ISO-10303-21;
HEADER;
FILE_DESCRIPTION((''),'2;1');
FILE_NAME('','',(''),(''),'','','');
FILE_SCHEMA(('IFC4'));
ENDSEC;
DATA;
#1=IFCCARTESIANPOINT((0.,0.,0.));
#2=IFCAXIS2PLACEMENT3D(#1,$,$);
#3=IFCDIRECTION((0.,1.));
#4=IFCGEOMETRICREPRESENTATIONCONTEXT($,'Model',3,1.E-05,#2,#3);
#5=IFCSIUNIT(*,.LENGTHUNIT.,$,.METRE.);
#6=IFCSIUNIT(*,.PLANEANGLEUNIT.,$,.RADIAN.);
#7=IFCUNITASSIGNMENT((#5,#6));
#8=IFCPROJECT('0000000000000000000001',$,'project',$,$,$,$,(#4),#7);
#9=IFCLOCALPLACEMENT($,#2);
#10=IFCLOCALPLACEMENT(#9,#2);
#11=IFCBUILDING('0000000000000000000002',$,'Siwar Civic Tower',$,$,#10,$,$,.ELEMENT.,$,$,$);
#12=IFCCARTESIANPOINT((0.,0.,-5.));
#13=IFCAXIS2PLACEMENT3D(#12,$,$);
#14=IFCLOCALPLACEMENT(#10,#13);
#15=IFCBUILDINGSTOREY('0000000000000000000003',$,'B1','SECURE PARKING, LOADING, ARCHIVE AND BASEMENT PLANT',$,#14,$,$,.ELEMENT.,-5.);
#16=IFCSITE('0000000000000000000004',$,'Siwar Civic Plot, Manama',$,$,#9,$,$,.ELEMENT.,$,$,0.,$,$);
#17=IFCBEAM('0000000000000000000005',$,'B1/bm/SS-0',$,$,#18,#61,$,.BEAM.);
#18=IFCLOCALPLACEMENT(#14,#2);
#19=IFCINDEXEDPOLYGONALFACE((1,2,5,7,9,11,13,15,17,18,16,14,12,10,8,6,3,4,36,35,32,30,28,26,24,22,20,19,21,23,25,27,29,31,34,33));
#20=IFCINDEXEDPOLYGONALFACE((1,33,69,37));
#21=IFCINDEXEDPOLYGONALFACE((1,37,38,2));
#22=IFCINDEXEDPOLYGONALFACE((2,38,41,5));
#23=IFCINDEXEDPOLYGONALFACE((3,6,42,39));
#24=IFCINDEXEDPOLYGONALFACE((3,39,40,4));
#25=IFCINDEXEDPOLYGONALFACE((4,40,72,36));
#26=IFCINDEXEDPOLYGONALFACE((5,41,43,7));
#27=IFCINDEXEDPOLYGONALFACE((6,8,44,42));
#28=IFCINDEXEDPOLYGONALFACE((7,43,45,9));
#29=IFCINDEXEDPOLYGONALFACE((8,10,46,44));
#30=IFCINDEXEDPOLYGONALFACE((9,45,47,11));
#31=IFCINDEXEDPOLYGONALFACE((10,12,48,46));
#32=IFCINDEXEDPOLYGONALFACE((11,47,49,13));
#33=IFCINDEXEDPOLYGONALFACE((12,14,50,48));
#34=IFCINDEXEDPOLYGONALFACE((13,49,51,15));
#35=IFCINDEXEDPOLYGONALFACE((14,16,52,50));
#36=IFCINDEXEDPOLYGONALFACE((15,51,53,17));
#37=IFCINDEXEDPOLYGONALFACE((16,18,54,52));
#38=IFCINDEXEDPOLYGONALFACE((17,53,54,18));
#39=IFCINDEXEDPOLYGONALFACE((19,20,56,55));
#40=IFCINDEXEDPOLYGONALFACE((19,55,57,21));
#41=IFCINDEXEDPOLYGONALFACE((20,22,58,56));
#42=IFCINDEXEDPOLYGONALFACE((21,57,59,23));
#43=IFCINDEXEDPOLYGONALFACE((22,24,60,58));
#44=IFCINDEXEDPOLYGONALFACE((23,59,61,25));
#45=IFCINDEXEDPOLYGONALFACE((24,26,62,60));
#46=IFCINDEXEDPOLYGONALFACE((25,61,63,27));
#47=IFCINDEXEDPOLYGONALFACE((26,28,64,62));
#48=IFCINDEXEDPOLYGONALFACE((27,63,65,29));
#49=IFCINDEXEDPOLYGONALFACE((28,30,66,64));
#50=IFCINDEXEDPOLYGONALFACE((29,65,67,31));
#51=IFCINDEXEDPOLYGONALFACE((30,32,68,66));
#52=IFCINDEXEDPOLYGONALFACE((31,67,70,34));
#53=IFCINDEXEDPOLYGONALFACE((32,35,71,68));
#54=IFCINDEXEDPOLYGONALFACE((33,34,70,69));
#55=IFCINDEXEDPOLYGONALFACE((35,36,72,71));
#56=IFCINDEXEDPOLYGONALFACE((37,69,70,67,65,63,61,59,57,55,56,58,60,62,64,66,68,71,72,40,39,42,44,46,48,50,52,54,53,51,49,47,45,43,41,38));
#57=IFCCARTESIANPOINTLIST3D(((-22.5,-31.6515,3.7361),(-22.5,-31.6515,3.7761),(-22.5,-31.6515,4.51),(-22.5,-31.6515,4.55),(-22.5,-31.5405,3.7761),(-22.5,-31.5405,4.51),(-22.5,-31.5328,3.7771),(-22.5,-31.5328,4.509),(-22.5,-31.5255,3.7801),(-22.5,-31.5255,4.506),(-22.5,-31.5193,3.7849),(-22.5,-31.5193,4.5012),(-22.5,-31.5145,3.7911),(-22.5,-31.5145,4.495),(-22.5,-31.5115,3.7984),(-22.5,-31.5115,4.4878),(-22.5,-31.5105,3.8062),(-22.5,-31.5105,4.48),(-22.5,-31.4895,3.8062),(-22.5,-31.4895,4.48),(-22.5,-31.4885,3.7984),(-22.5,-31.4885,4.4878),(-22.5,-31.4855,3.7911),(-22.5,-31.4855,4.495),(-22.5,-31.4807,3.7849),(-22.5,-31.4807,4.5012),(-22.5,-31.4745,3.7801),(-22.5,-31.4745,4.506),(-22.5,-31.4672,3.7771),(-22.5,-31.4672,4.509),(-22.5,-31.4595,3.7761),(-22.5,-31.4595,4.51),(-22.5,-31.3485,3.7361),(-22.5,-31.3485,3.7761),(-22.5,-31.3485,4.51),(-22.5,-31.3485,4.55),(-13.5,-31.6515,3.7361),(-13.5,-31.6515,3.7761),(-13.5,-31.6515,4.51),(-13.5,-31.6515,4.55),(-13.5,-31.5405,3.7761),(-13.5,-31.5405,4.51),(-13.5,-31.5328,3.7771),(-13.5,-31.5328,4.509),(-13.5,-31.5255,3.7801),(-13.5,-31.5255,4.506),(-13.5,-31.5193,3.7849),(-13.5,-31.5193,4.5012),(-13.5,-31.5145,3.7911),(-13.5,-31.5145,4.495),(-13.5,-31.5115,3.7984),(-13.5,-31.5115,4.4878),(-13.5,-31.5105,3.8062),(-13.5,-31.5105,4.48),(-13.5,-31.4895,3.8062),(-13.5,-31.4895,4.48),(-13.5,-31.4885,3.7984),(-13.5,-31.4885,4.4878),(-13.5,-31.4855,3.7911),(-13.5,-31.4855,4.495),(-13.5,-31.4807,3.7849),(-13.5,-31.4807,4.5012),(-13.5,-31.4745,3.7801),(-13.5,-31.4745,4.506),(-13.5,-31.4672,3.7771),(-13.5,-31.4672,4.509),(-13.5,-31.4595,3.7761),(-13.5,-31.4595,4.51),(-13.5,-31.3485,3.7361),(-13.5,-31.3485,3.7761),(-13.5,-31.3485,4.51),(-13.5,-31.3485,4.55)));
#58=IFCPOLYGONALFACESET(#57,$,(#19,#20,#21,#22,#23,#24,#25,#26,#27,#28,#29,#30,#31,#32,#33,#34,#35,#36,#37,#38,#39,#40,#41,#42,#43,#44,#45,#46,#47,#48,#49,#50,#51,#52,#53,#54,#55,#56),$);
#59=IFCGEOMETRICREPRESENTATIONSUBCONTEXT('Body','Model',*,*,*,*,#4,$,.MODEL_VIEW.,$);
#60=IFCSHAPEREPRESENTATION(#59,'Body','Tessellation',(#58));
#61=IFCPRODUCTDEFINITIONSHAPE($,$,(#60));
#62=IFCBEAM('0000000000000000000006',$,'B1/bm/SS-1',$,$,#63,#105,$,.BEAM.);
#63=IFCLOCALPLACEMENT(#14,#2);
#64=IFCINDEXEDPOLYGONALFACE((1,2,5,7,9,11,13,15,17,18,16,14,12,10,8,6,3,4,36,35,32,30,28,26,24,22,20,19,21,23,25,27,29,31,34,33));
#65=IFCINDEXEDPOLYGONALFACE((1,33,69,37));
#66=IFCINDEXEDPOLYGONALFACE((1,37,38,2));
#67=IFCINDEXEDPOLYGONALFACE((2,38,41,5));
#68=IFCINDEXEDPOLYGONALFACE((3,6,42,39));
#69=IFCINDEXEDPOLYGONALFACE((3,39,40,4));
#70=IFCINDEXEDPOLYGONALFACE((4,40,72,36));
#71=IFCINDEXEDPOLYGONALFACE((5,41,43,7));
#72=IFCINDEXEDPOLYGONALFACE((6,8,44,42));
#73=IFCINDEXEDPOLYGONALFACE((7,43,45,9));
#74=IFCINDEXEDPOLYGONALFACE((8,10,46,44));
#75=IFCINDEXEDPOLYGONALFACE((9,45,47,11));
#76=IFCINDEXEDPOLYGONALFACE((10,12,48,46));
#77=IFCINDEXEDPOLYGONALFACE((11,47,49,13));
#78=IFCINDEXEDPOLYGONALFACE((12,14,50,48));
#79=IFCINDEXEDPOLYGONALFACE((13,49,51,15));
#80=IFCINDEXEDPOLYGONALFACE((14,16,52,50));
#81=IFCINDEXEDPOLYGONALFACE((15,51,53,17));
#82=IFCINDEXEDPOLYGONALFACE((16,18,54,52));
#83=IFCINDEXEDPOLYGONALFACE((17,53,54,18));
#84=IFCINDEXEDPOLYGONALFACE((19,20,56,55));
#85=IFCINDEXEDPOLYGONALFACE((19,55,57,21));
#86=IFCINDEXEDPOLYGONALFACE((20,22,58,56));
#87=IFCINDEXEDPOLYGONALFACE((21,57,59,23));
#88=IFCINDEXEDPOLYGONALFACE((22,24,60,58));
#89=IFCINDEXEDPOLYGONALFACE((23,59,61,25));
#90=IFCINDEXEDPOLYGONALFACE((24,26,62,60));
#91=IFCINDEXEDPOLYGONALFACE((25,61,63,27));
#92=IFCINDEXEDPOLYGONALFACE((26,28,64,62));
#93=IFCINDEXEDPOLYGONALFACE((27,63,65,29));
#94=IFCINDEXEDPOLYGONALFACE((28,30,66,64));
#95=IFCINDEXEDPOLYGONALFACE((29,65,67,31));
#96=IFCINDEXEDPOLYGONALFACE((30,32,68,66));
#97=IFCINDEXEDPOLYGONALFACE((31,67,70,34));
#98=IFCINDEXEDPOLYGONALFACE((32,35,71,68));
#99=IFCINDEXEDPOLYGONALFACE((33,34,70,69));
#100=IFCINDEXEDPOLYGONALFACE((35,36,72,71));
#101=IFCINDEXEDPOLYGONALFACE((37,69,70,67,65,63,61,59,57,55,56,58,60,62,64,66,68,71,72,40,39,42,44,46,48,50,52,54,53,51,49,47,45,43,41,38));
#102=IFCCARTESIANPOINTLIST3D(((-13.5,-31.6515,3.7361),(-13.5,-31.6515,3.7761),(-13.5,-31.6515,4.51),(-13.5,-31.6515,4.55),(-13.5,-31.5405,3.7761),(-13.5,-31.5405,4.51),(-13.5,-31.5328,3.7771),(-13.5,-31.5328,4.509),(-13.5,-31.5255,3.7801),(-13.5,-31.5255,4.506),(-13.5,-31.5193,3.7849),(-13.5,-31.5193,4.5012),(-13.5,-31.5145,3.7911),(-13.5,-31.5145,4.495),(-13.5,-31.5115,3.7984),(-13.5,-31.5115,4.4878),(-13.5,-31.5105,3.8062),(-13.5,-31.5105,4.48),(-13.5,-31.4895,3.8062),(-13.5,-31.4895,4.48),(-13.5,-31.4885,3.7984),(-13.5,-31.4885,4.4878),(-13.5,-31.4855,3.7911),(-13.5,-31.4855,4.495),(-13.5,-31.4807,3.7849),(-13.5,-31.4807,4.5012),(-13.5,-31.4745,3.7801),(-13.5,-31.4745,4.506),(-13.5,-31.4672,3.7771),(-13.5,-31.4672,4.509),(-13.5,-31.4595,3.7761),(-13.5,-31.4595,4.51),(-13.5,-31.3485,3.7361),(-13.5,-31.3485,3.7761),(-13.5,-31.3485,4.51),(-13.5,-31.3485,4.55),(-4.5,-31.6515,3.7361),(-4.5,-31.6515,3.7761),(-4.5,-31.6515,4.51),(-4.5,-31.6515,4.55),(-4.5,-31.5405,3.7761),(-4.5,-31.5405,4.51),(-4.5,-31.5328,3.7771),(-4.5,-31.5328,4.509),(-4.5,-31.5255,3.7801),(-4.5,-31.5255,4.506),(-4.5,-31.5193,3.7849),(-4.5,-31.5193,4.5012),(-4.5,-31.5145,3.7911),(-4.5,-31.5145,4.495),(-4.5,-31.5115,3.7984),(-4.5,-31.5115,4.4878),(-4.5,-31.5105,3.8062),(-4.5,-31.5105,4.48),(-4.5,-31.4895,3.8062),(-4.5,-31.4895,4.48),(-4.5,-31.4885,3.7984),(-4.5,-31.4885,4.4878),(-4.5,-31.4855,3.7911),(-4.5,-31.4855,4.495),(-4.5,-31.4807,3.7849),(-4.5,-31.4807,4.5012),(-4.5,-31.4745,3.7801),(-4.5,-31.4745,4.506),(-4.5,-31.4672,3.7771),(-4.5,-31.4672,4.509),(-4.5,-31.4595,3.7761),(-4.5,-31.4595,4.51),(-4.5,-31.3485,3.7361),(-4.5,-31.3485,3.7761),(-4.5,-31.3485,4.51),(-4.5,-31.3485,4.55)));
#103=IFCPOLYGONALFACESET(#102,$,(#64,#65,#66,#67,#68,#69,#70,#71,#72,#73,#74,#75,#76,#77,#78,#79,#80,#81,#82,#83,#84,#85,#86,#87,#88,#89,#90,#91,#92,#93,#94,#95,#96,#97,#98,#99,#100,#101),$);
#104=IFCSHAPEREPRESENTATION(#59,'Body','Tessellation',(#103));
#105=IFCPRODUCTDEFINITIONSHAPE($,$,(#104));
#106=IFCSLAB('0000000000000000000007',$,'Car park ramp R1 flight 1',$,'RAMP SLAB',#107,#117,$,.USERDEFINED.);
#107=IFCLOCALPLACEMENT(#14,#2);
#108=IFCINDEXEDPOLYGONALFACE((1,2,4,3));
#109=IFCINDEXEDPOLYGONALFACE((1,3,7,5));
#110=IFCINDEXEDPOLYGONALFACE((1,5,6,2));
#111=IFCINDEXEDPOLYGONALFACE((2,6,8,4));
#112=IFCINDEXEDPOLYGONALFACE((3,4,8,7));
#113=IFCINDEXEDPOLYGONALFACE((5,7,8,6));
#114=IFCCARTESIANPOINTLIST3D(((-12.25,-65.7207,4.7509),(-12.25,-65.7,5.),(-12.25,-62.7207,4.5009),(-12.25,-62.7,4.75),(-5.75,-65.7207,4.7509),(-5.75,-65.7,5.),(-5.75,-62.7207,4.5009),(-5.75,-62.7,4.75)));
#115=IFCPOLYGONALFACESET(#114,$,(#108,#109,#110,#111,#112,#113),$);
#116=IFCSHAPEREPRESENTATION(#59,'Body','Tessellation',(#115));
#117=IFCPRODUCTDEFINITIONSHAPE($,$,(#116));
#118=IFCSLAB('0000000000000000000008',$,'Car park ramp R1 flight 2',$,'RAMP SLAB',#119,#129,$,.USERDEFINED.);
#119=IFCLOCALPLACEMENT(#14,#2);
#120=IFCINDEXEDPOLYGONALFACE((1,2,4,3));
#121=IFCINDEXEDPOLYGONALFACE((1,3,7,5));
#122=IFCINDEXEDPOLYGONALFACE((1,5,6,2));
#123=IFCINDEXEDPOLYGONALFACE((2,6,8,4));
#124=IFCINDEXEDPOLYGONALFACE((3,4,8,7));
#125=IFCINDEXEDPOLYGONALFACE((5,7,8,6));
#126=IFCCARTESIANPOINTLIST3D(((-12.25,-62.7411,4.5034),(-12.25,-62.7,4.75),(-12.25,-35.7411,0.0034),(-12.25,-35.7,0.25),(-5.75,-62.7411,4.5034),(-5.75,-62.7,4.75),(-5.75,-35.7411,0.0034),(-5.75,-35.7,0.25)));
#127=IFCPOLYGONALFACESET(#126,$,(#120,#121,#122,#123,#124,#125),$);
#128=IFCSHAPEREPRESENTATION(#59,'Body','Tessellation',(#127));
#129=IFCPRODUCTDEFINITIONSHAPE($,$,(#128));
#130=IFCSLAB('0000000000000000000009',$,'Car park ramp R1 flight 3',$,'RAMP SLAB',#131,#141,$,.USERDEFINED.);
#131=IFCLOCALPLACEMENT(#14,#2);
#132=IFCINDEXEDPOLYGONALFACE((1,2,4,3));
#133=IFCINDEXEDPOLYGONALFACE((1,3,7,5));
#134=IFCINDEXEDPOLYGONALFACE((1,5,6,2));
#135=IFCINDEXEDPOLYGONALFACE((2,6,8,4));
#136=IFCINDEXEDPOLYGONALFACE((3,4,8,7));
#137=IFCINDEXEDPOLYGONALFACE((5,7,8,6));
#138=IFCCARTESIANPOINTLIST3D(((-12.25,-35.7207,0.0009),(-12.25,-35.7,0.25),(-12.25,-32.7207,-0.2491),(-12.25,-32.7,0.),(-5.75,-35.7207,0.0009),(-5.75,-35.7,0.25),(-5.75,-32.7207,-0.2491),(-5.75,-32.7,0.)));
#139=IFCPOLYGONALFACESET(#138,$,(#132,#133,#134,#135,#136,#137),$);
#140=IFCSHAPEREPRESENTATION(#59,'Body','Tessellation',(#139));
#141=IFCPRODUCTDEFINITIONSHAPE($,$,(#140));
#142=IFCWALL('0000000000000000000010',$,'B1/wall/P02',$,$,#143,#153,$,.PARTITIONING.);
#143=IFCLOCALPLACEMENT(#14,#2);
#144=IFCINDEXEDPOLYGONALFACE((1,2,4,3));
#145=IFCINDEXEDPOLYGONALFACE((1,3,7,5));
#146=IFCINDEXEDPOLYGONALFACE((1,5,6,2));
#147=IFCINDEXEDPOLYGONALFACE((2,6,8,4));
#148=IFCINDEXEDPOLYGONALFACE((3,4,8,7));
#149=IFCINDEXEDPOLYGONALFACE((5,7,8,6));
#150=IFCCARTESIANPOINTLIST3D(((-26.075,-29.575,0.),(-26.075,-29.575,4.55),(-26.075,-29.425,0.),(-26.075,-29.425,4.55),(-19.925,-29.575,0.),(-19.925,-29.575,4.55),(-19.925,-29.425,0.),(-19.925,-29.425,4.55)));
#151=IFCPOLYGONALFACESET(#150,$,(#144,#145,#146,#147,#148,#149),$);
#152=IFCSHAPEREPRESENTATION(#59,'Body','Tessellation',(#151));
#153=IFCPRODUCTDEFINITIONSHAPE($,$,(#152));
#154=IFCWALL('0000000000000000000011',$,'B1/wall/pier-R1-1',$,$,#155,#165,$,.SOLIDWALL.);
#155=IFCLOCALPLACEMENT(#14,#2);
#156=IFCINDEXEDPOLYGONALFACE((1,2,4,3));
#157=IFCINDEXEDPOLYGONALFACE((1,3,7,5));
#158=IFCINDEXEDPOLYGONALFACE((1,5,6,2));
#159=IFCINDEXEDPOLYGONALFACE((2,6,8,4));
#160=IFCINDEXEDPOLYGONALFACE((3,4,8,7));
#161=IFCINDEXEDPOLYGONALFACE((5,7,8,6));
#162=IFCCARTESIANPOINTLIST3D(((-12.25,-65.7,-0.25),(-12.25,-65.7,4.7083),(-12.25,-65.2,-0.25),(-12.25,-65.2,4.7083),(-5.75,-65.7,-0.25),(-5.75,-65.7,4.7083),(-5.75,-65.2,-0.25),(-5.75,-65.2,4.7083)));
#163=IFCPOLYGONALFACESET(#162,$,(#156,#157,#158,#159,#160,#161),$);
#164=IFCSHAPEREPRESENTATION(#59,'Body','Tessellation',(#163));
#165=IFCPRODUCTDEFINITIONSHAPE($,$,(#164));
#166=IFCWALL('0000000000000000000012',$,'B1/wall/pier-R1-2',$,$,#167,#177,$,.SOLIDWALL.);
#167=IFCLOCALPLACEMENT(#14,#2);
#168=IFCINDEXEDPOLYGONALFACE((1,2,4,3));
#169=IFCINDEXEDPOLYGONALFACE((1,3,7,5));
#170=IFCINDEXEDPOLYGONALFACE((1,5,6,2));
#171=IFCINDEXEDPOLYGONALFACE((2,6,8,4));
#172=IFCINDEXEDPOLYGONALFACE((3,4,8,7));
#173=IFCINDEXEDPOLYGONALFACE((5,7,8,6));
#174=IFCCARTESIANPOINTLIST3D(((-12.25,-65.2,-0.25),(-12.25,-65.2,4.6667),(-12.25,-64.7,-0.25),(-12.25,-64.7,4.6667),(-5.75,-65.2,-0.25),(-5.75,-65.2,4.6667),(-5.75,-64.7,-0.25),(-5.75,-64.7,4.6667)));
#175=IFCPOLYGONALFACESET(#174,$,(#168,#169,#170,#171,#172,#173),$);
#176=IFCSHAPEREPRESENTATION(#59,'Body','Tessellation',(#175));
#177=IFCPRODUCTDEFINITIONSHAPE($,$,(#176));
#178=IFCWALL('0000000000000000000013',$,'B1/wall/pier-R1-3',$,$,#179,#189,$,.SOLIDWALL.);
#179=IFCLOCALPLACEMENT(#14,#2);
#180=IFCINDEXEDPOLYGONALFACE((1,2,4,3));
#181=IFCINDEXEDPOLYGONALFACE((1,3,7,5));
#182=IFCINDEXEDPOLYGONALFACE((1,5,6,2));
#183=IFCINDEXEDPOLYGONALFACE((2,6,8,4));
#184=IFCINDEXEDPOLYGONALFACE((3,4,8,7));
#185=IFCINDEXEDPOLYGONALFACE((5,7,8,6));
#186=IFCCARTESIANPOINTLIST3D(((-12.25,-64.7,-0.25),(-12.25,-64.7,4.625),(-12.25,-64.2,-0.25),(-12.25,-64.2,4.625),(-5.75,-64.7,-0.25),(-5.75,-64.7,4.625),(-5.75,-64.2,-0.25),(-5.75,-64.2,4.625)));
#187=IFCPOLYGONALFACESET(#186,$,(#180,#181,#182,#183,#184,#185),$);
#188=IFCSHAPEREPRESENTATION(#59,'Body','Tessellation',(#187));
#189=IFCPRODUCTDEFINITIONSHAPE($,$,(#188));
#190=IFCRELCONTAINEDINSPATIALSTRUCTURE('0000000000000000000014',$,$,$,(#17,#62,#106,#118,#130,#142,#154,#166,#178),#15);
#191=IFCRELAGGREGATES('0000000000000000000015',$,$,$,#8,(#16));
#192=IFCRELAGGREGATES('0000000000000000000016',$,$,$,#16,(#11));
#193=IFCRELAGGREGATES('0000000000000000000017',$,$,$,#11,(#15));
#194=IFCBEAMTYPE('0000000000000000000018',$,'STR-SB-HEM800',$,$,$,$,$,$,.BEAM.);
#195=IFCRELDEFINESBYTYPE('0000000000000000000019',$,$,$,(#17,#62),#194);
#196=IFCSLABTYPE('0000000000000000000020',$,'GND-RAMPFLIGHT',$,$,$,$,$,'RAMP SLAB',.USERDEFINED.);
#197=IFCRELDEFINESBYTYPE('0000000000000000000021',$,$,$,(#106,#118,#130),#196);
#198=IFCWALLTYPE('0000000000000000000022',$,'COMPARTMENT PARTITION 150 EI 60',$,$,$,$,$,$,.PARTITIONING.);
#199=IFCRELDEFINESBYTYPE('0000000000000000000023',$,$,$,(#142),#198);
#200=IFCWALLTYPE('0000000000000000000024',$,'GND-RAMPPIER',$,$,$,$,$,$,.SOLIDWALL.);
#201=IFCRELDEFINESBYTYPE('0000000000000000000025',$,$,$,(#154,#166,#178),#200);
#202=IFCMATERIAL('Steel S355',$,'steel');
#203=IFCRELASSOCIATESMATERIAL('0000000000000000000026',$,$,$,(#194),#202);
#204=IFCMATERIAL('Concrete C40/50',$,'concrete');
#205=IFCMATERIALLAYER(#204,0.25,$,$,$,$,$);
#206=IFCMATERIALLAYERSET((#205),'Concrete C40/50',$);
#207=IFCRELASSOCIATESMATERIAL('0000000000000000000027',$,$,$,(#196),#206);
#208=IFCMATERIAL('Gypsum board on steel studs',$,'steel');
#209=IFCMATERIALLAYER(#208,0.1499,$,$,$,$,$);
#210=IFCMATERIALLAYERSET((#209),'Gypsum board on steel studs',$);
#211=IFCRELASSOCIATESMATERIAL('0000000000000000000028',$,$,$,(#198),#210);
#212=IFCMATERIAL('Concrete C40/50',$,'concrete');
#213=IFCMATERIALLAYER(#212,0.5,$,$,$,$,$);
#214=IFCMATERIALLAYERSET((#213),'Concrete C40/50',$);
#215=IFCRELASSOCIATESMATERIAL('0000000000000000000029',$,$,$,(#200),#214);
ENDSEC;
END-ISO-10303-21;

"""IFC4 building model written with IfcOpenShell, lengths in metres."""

from ifc_helpers import new_model, si_unit, direction, frame, frame_2d, origin, origin_2d, place, context, subcontext, project, spatial, polyline, rectangle, i_section, outline, extrude, material, layer, layer_set, material_profile, profile_set, type_object, element, save


model = new_model("IFC4")

# Units and contexts
model_context = context("Model", 3, precision=1e-05, world=origin(), true_north=direction((0.0, 1.0)))
body_context = subcontext(model_context, "Body", "Model", "MODEL_VIEW")
ifc_project = project(units=[si_unit("LENGTHUNIT", "METRE"), si_unit("PLANEANGLEUNIT", "RADIAN")], contexts=[model_context])

# Site, building, storey
site_placement = place(None, origin())
site = spatial("IfcSite", under=ifc_project, at=site_placement, Name="Siwar Civic Plot, Manama", CompositionType="ELEMENT", RefElevation=0.0)
building_placement = place(site_placement, origin())
building = spatial("IfcBuilding", under=site, at=building_placement, Name="Siwar Civic Tower", CompositionType="ELEMENT")
storey_placement = place(building_placement, frame((0.0, 0.0, -5.0)))
storey = spatial("IfcBuildingStorey", under=building, at=storey_placement, Name="B1", Description="SECURE PARKING, LOADING, ARCHIVE AND BASEMENT PLANT", CompositionType="ELEMENT", Elevation=-5.0)

# Beams
ifc_material_1 = material(Name="Steel S355", Category="steel")
ifc_material_profile_1 = material_profile(ifc_material_1, i_section(OverallWidth=0.303, OverallDepth=0.814, WebThickness=0.021, FlangeThickness=0.04, FilletRadius=0.03, at=origin_2d()), Name="HEM800")
ifc_profile_set_1 = profile_set([ifc_material_profile_1], Name="Steel S355")
beam_type_1 = type_object("IfcBeamType", Name="STR-SB-HEM800", PredefinedType="BEAM", material=ifc_profile_set_1)
for number, where, z_axis, x_axis, name in (
    (1, (-22.5, -31.5, 4.1431), (1.0, 0.0, 0.0), (0.0, 1.0, 0.0), "B1/bm/SS-0"),
    (2, (-13.5, -31.5, 4.1431), (1.0, 0.0, 0.0), (0.0, 1.0, 0.0), "B1/bm/SS-1"),
):
    element("IfcBeam", number, at=place(storey_placement, frame(where, z_axis=z_axis, x_axis=x_axis)), inside=storey, type_object=beam_type_1, Name=name, PredefinedType="BEAM", context=body_context, shape_type="SweptSolid", body=[
        extrude(i_section(OverallWidth=0.303, OverallDepth=0.814, WebThickness=0.021, FlangeThickness=0.04, FilletRadius=0.03, at=origin_2d()), origin(), (0.0, 0.0, 1.0), 9.0),
    ])

# Slabs
ifc_material_2 = material(Name="Concrete C40/50", Category="concrete")
ifc_layer_1 = layer(ifc_material_2, 0.25)
ifc_layer_set_1 = layer_set([ifc_layer_1], Name="Concrete C40/50")
slab_type = type_object("IfcSlabType", Name="GND-RAMPFLIGHT", ElementType="RAMP SLAB", PredefinedType="USERDEFINED", material=ifc_layer_set_1)
slab_1_placement = place(storey_placement, frame((-12.25, -65.7, 5.0), z_axis=(0.0, 0.083045, 0.996546), x_axis=(1.0, 0.0, 0.0)))
element("IfcSlab", 3, at=slab_1_placement, inside=storey, type_object=slab_type, Name="Car park ramp R1 flight 1", ObjectType="RAMP SLAB", PredefinedType="USERDEFINED", context=body_context, shape_type="SweptSolid", body=[
    extrude(outline(polyline([(0.0, 0.0), (6.5, 0.0), (6.5, 3.0104), (0.0, 3.0104), (0.0, 0.0)])), origin(), (0.0, 0.0, -1.0), 0.25),
])
slab_2_placement = place(storey_placement, frame((-12.25, -62.7, 4.75), z_axis=(0.0, 0.164399, 0.986394), x_axis=(1.0, 0.0, 0.0)))
element("IfcSlab", 4, at=slab_2_placement, inside=storey, type_object=slab_type, Name="Car park ramp R1 flight 2", ObjectType="RAMP SLAB", PredefinedType="USERDEFINED", context=body_context, shape_type="SweptSolid", body=[
    extrude(outline(polyline([(0.0, 0.0), (6.5, 0.0), (6.5, 27.3724), (0.0, 27.3724), (0.0, 0.0)])), origin(), (0.0, 0.0, -1.0), 0.25),
])
slab_3_placement = place(storey_placement, frame((-12.25, -35.7, 0.25), z_axis=(0.0, 0.083045, 0.996546), x_axis=(1.0, 0.0, 0.0)))
element("IfcSlab", 5, at=slab_3_placement, inside=storey, type_object=slab_type, Name="Car park ramp R1 flight 3", ObjectType="RAMP SLAB", PredefinedType="USERDEFINED", context=body_context, shape_type="SweptSolid", body=[
    extrude(outline(polyline([(0.0, 0.0), (6.5, 0.0), (6.5, 3.0104), (0.0, 3.0104), (0.0, 0.0)])), origin(), (0.0, 0.0, -1.0), 0.25),
])

# Walls
ifc_material_3 = material(Name="Gypsum board on steel studs", Category="steel")
ifc_layer_2 = layer(ifc_material_3, 0.1499)
ifc_layer_set_2 = layer_set([ifc_layer_2], Name="Gypsum board on steel studs")
wall_type_1 = type_object("IfcWallType", Name="COMPARTMENT PARTITION 150 EI 60", PredefinedType="PARTITIONING", material=ifc_layer_set_2)
wall_1_placement = place(storey_placement, frame((-26.075, -29.5, 0.0), z_axis=(0.0, 0.0, 1.0), x_axis=(1.0, 0.0, 0.0)))
element("IfcWall", 6, at=wall_1_placement, inside=storey, type_object=wall_type_1, Name="B1/wall/P02", PredefinedType="PARTITIONING", context=body_context, shape_type="SweptSolid", body=[
    extrude(rectangle(XDim=6.1499, YDim=0.1499, at=frame_2d((3.075, 0.0))), origin(), (0.0, 0.0, 1.0), 4.55),
])
ifc_material_4 = material(Name="Concrete C40/50", Category="concrete")
ifc_layer_3 = layer(ifc_material_4, 0.5)
ifc_layer_set_3 = layer_set([ifc_layer_3], Name="Concrete C40/50")
wall_type_2 = type_object("IfcWallType", Name="GND-RAMPPIER", PredefinedType="SOLIDWALL", material=ifc_layer_set_3)
wall_2_placement = place(storey_placement, frame((-12.25, -65.45, -0.25), z_axis=(0.0, 0.0, 1.0), x_axis=(1.0, 0.0, 0.0)))
element("IfcWall", 7, at=wall_2_placement, inside=storey, type_object=wall_type_2, Name="B1/wall/pier-R1-1", PredefinedType="SOLIDWALL", context=body_context, shape_type="SweptSolid", body=[
    extrude(rectangle(XDim=6.5, YDim=0.5, at=frame_2d((3.25, 0.0))), origin(), (0.0, 0.0, 1.0), 4.9583),
])
wall_3_placement = place(storey_placement, frame((-12.25, -64.95, -0.25), z_axis=(0.0, 0.0, 1.0), x_axis=(1.0, 0.0, 0.0)))
element("IfcWall", 8, at=wall_3_placement, inside=storey, type_object=wall_type_2, Name="B1/wall/pier-R1-2", PredefinedType="SOLIDWALL", context=body_context, shape_type="SweptSolid", body=[
    extrude(rectangle(XDim=6.5, YDim=0.5, at=frame_2d((3.25, 0.0))), origin(), (0.0, 0.0, 1.0), 4.9167),
])
wall_4_placement = place(storey_placement, frame((-12.25, -64.45, -0.25), z_axis=(0.0, 0.0, 1.0), x_axis=(1.0, 0.0, 0.0)))
element("IfcWall", 9, at=wall_4_placement, inside=storey, type_object=wall_type_2, Name="B1/wall/pier-R1-3", PredefinedType="SOLIDWALL", context=body_context, shape_type="SweptSolid", body=[
    extrude(rectangle(XDim=6.5, YDim=0.5, at=frame_2d((3.25, 0.0))), origin(), (0.0, 0.0, 1.0), 4.875),
])

save(model, "model.ifc")
